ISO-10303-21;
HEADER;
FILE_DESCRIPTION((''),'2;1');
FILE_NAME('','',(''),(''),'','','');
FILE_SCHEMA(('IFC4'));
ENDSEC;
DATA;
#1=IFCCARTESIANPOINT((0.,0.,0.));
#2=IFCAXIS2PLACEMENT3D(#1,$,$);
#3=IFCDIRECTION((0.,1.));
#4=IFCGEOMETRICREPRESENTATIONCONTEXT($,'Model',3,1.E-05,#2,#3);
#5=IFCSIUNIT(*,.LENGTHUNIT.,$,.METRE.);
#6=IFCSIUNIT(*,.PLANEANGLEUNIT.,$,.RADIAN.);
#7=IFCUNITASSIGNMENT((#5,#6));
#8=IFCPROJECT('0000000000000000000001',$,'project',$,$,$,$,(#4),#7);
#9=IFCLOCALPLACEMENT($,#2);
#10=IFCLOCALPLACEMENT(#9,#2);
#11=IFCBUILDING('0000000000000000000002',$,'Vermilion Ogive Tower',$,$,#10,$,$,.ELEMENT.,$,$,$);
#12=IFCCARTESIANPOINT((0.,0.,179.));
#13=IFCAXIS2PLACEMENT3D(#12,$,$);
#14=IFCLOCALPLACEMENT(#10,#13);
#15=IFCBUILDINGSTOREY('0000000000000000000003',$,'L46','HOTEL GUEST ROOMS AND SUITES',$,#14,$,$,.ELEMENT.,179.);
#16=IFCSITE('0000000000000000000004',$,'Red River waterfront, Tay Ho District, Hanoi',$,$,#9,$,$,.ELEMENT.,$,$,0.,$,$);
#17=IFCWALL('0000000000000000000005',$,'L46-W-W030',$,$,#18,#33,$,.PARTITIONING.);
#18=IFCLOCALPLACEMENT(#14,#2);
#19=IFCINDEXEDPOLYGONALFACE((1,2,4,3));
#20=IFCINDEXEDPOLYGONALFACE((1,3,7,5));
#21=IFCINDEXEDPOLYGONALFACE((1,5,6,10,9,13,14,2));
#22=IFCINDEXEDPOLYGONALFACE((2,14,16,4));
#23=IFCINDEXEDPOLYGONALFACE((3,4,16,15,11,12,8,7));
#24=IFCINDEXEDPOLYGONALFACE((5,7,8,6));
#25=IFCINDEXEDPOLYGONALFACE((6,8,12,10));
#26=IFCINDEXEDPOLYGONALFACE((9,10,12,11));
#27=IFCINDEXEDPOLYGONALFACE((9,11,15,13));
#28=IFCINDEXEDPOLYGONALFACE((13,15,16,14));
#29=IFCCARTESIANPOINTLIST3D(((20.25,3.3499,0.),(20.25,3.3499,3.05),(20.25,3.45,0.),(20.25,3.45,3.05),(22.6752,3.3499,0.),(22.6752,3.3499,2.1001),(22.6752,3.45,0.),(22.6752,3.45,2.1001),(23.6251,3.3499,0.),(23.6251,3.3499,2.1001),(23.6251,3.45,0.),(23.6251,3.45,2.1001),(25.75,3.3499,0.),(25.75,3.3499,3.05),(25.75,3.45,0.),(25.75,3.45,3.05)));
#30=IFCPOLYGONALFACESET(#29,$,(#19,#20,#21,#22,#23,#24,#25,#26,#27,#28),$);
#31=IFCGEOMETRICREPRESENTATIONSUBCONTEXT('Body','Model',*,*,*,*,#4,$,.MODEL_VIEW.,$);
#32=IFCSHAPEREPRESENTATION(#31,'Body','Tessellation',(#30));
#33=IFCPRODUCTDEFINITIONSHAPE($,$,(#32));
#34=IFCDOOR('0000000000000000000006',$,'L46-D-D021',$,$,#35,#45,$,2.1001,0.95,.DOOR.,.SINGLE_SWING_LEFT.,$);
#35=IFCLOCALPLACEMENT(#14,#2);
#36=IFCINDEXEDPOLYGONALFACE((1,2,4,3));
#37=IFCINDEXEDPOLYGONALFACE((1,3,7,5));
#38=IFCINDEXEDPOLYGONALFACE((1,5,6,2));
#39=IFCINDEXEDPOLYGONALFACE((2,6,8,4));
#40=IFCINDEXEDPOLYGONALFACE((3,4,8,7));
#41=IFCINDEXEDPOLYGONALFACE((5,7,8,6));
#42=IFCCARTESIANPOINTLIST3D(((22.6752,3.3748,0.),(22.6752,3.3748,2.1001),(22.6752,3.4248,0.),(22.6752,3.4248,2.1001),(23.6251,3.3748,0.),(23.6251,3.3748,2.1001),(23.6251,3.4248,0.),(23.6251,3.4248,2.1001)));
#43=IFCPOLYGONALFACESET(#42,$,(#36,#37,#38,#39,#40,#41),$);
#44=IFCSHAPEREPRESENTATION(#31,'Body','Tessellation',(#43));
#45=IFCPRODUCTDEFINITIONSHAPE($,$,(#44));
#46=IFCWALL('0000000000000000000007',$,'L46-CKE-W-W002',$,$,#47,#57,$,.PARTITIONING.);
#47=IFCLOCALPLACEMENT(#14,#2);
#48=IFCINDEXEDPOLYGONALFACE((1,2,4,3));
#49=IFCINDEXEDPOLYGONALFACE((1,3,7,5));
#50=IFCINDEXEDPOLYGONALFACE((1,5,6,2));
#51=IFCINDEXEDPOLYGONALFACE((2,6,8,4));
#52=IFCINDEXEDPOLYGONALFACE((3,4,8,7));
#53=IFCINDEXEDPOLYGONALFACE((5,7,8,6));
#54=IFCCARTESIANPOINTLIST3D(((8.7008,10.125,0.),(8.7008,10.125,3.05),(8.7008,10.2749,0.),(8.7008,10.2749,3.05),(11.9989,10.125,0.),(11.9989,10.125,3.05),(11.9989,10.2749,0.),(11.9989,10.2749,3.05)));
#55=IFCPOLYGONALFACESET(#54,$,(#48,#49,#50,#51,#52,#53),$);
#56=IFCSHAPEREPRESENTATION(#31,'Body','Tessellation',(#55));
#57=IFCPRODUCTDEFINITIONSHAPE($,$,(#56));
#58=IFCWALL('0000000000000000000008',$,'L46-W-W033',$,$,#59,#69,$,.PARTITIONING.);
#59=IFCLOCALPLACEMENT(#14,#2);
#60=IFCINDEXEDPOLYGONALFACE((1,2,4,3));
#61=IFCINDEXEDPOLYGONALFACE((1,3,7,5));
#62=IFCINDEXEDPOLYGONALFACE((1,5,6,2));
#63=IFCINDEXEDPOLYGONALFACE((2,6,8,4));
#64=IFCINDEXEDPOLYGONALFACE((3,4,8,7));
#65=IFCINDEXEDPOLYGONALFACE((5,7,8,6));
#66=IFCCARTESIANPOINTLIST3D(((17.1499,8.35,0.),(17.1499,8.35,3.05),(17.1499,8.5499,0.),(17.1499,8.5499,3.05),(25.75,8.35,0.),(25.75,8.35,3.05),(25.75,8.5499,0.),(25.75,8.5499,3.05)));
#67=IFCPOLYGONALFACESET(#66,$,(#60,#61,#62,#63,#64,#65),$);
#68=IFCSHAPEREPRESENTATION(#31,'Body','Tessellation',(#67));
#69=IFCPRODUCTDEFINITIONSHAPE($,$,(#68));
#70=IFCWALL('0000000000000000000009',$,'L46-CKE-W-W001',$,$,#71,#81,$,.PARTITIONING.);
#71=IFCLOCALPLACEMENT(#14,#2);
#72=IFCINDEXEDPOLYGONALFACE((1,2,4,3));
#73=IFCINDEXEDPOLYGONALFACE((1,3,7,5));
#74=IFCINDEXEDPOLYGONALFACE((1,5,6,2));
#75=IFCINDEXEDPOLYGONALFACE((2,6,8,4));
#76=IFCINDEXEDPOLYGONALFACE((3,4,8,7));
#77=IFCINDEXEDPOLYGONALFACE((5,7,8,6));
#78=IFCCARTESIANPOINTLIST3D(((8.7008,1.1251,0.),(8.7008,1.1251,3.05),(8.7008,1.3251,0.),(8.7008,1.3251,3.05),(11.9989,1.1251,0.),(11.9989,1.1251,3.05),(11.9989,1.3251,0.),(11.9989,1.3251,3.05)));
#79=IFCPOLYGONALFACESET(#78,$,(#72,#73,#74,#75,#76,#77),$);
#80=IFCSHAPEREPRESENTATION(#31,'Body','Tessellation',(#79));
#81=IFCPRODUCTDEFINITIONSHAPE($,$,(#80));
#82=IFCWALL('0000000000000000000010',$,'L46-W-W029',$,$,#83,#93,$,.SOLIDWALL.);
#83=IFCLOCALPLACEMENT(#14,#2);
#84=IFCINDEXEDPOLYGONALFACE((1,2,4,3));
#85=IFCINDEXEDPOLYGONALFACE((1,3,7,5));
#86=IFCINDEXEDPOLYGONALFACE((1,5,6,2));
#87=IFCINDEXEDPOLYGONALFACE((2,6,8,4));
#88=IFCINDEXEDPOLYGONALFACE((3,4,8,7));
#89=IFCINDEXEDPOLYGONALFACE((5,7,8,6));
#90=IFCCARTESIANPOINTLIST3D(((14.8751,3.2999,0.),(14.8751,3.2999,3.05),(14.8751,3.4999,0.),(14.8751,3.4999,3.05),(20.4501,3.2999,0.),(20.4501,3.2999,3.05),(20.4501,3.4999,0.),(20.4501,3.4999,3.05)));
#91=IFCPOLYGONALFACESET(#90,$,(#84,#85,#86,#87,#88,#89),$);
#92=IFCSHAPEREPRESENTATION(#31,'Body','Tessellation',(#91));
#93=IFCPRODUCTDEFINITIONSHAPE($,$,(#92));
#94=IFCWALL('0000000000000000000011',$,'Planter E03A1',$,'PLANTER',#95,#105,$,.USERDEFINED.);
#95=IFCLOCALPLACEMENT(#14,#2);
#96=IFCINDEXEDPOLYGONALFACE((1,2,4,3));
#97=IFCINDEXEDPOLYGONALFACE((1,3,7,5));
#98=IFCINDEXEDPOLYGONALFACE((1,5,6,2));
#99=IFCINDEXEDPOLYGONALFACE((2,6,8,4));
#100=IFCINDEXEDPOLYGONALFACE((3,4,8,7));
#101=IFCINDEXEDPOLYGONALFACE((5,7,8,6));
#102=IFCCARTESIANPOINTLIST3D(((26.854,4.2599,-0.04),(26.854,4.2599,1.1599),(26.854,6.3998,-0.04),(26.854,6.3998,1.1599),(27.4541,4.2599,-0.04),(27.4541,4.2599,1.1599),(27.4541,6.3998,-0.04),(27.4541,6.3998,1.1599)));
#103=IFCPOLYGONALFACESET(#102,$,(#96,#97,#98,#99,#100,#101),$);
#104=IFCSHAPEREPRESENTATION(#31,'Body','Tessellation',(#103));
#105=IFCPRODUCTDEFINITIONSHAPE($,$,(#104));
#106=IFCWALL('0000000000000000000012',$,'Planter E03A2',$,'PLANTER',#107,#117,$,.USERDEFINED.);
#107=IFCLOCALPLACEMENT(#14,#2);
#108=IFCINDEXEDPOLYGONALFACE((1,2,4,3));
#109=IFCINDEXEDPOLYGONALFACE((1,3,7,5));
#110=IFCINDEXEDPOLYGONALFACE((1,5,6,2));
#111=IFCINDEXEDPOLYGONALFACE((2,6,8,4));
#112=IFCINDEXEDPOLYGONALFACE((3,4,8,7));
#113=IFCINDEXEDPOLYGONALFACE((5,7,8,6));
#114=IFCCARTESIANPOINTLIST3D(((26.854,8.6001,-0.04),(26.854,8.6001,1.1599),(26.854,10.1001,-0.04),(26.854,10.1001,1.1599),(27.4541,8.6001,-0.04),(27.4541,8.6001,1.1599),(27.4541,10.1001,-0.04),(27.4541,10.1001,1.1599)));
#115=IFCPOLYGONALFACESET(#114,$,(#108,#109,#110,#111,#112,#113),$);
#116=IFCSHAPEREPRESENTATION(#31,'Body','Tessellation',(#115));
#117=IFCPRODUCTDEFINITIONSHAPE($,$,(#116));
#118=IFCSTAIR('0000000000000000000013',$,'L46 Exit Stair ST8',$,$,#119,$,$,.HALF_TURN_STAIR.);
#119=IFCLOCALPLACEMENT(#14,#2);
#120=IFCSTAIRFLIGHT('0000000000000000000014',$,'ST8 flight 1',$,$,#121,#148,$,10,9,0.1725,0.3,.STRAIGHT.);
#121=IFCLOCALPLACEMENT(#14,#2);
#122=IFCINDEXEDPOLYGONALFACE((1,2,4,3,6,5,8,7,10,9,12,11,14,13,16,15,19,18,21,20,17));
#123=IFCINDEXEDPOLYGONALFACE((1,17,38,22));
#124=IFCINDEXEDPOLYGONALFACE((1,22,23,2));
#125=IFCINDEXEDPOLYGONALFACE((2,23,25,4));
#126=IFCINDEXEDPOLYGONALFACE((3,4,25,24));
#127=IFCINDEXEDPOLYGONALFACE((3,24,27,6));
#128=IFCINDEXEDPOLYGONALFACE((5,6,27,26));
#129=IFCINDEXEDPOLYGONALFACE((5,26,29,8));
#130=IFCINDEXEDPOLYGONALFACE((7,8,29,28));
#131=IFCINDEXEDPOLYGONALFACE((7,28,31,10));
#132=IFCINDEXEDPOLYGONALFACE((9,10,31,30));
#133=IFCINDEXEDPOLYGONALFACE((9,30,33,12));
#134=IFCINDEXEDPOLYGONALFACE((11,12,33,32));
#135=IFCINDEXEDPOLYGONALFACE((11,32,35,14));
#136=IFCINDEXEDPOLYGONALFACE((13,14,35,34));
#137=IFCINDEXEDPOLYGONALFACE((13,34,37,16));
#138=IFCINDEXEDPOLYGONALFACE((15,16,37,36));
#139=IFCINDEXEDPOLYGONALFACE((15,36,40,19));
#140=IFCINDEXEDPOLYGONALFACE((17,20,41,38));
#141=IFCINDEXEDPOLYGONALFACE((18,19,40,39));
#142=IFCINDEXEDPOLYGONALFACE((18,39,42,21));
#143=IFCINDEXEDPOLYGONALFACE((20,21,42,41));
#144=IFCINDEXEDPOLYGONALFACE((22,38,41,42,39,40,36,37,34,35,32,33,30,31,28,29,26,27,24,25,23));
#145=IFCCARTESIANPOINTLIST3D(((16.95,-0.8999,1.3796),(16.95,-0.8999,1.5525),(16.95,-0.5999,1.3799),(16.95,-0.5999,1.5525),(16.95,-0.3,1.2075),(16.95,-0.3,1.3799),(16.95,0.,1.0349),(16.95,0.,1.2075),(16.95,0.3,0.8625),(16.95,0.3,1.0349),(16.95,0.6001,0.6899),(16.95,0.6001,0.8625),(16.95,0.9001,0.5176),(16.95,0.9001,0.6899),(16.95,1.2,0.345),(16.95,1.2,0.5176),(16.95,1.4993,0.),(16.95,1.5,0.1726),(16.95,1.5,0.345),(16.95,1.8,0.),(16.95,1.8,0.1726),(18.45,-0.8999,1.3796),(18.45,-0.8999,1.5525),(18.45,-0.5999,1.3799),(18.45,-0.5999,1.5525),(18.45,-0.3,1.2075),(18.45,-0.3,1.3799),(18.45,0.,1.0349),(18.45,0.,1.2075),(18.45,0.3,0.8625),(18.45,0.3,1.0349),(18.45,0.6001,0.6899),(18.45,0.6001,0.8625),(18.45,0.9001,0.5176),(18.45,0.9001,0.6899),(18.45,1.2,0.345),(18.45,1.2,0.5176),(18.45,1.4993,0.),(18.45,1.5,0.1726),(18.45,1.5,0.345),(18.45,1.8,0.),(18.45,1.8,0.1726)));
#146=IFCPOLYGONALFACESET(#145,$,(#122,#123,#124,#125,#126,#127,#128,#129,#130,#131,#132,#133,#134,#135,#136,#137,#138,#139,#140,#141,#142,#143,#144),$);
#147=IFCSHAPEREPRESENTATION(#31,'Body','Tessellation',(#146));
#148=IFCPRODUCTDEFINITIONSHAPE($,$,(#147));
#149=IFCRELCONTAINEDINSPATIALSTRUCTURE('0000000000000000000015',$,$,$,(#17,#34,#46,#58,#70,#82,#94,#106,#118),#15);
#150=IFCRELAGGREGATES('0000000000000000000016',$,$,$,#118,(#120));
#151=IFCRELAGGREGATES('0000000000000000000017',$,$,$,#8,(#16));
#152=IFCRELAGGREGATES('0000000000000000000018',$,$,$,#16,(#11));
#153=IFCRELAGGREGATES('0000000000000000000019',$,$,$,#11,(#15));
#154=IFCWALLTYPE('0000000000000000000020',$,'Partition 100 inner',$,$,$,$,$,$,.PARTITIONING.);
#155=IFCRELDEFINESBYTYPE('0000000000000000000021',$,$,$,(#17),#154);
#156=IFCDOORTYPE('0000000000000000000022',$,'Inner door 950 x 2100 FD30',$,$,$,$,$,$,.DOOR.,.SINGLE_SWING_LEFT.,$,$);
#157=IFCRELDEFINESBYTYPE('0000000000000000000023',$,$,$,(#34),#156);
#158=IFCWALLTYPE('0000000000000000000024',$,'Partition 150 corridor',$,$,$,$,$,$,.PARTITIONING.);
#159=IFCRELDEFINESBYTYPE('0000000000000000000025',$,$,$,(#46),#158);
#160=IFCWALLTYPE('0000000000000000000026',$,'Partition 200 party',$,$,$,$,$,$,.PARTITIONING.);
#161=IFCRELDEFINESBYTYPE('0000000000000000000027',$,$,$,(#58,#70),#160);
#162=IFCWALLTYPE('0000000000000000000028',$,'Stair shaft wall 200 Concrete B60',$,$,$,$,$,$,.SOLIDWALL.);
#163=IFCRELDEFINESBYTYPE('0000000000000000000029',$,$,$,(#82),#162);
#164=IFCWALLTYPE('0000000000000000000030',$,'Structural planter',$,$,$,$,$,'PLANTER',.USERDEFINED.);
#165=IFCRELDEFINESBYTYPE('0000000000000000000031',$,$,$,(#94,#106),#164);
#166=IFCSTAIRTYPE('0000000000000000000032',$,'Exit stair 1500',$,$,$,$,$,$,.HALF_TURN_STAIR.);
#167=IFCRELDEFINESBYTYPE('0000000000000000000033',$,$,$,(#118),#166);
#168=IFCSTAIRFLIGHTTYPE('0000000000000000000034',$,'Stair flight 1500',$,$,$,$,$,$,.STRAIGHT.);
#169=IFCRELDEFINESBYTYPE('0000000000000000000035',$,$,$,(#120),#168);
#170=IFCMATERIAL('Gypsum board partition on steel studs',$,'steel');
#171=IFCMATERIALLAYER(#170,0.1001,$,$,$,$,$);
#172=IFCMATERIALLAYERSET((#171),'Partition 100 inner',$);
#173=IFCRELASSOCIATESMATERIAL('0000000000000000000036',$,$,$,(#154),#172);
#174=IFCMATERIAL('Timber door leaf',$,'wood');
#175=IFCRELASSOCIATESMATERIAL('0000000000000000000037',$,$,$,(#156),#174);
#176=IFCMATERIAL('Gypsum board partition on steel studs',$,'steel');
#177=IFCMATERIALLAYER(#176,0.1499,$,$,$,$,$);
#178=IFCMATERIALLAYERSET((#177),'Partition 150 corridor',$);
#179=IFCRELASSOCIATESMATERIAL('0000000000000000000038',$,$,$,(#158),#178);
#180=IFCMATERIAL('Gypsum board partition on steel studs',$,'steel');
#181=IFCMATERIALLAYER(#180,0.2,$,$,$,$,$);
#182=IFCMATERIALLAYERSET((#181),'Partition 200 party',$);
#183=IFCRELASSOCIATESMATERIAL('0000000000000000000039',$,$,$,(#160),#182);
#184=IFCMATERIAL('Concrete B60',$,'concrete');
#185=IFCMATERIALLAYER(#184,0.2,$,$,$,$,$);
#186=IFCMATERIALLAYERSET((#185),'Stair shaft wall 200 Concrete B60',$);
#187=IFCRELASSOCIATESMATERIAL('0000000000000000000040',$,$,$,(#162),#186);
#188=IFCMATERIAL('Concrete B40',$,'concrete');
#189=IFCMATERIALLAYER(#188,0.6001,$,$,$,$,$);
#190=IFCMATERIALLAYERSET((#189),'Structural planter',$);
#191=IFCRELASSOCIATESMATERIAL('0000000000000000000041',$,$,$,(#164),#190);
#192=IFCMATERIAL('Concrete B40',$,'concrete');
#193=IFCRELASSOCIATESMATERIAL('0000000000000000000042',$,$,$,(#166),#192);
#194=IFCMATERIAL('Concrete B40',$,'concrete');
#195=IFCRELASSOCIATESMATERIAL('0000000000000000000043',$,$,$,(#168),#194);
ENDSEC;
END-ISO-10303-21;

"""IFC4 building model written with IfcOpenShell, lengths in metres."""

from ifc_helpers import new_model, si_unit, direction, frame, frame_2d, origin, place, context, subcontext, project, spatial, polyline, rectangle, outline, extrude, material, layer, layer_set, type_object, element, fill, aggregate, save


model = new_model("IFC4")

# Units and contexts
model_context = context("Model", 3, precision=1e-05, world=origin(), true_north=direction((0.0, 1.0)))
body_context = subcontext(model_context, "Body", "Model", "MODEL_VIEW")
ifc_project = project(units=[si_unit("LENGTHUNIT", "METRE"), si_unit("PLANEANGLEUNIT", "RADIAN")], contexts=[model_context])

# Site, building, storey
site_placement = place(None, origin())
site = spatial("IfcSite", under=ifc_project, at=site_placement, Name="Red River waterfront, Tay Ho District, Hanoi", CompositionType="ELEMENT", RefElevation=0.0)
building_placement = place(site_placement, origin())
building = spatial("IfcBuilding", under=site, at=building_placement, Name="Vermilion Ogive Tower", CompositionType="ELEMENT")
storey_placement = place(building_placement, frame((0.0, 0.0, 179.0)))
storey = spatial("IfcBuildingStorey", under=building, at=storey_placement, Name="L46", Description="HOTEL GUEST ROOMS AND SUITES", CompositionType="ELEMENT", Elevation=179.0)

# Wall, opening, door
ifc_material_1 = material(Name="Gypsum board partition on steel studs", Category="steel")
ifc_layer_1 = layer(ifc_material_1, 0.1001)
ifc_layer_set_1 = layer_set([ifc_layer_1], Name="Partition 100 inner")
wall_type_1 = type_object("IfcWallType", Name="Partition 100 inner", PredefinedType="PARTITIONING", material=ifc_layer_set_1)
wall_1_placement = place(storey_placement, frame((20.25, 3.3999, 0.0), z_axis=(0.0, 0.0, 1.0), x_axis=(1.0, 0.0, 0.0)))
wall_1 = element("IfcWall", 1, at=wall_1_placement, inside=storey, type_object=wall_type_1, Name="L46-W-W030", PredefinedType="PARTITIONING", context=body_context, shape_type="SweptSolid", body=[
    extrude(rectangle(XDim=5.5, YDim=0.1001, at=frame_2d((2.75, 0.0))), origin(), (0.0, 0.0, 1.0), 3.05),
])
opening_1_placement = place(wall_1_placement, frame((2.425, 0.0, 0.0)))
opening_1 = element("IfcOpeningElement", 2, at=opening_1_placement, cuts=wall_1, PredefinedType="OPENING", context=body_context, shape_type="SweptSolid", body=[
    extrude(rectangle(XDim=0.95, YDim=2.1001, at=frame_2d((0.4751, 1.05))), frame((0.0, 0.0601, 0.0), z_axis=(0.0, -1.0, 0.0), x_axis=(1.0, 0.0, 0.0)), (0.0, 0.0, 1.0), 0.1201),
])
ifc_material_2 = material(Name="Timber door leaf", Category="wood")
door_type_1 = type_object("IfcDoorType", Name="Inner door 950 x 2100 FD30", OperationType="SINGLE_SWING_LEFT", PredefinedType="DOOR", material=ifc_material_2)
door_1_placement = place(opening_1_placement, origin())
door_1 = element("IfcDoor", 3, at=door_1_placement, inside=storey, type_object=door_type_1, Name="L46-D-D021", OperationType="SINGLE_SWING_LEFT", OverallHeight=2.1001, OverallWidth=0.95, PredefinedType="DOOR", context=body_context, shape_type="SweptSolid", body=[
    extrude(rectangle(XDim=0.95, YDim=2.1001, at=frame_2d((0.4751, 1.05))), frame((0.0, 0.0249, 0.0), z_axis=(0.0, -1.0, 0.0), x_axis=(1.0, 0.0, 0.0)), (0.0, 0.0, 1.0), 0.05),
])
fill(opening_1, door_1)

# Walls
ifc_material_3 = material(Name="Gypsum board partition on steel studs", Category="steel")
ifc_layer_2 = layer(ifc_material_3, 0.1499)
ifc_layer_set_2 = layer_set([ifc_layer_2], Name="Partition 150 corridor")
wall_type_2 = type_object("IfcWallType", Name="Partition 150 corridor", PredefinedType="PARTITIONING", material=ifc_layer_set_2)
wall_2_placement = place(storey_placement, frame((8.7009, 10.2, 0.0), z_axis=(0.0, 0.0, 1.0), x_axis=(1.0, 0.0, 0.0)))
element("IfcWall", 4, at=wall_2_placement, inside=storey, type_object=wall_type_2, Name="L46-CKE-W-W002", PredefinedType="PARTITIONING", context=body_context, shape_type="SweptSolid", body=[
    extrude(rectangle(XDim=3.2981, YDim=0.1499, at=frame_2d((1.6489, 0.0))), origin(), (0.0, 0.0, 1.0), 3.05),
])
ifc_material_4 = material(Name="Gypsum board partition on steel studs", Category="steel")
ifc_layer_3 = layer(ifc_material_4, 0.2)
ifc_layer_set_3 = layer_set([ifc_layer_3], Name="Partition 200 party")
wall_type_3 = type_object("IfcWallType", Name="Partition 200 party", PredefinedType="PARTITIONING", material=ifc_layer_set_3)
wall_3_placement = place(storey_placement, frame((17.1499, 8.45, 0.0), z_axis=(0.0, 0.0, 1.0), x_axis=(1.0, 0.0, 0.0)))
element("IfcWall", 5, at=wall_3_placement, inside=storey, type_object=wall_type_3, Name="L46-W-W033", PredefinedType="PARTITIONING", context=body_context, shape_type="SweptSolid", body=[
    extrude(rectangle(XDim=8.6001, YDim=0.2, at=frame_2d((4.3, 0.0))), origin(), (0.0, 0.0, 1.0), 3.05),
])
wall_4_placement = place(storey_placement, frame((8.7009, 1.2251, 0.0), z_axis=(0.0, 0.0, 1.0), x_axis=(1.0, 0.0, 0.0)))
element("IfcWall", 6, at=wall_4_placement, inside=storey, type_object=wall_type_3, Name="L46-CKE-W-W001", PredefinedType="PARTITIONING", context=body_context, shape_type="SweptSolid", body=[
    extrude(rectangle(XDim=3.2981, YDim=0.2, at=frame_2d((1.6489, 0.0))), origin(), (0.0, 0.0, 1.0), 3.05),
])
ifc_material_5 = material(Name="Concrete B60", Category="concrete")
ifc_layer_4 = layer(ifc_material_5, 0.2)
ifc_layer_set_4 = layer_set([ifc_layer_4], Name="Stair shaft wall 200 Concrete B60")
wall_type_4 = type_object("IfcWallType", Name="Stair shaft wall 200 Concrete B60", PredefinedType="SOLIDWALL", material=ifc_layer_set_4)
wall_5_placement = place(storey_placement, frame((14.875, 3.3999, 0.0), z_axis=(0.0, 0.0, 1.0), x_axis=(1.0, 0.0, 0.0)))
element("IfcWall", 7, at=wall_5_placement, inside=storey, type_object=wall_type_4, Name="L46-W-W029", PredefinedType="SOLIDWALL", context=body_context, shape_type="SweptSolid", body=[
    extrude(rectangle(XDim=5.575, YDim=0.2, at=frame_2d((2.7876, 0.0))), origin(), (0.0, 0.0, 1.0), 3.05),
])
ifc_material_6 = material(Name="Concrete B40", Category="concrete")
ifc_layer_5 = layer(ifc_material_6, 0.6001)
ifc_layer_set_5 = layer_set([ifc_layer_5], Name="Structural planter")
wall_type_5 = type_object("IfcWallType", Name="Structural planter", ElementType="PLANTER", PredefinedType="USERDEFINED", material=ifc_layer_set_5)
wall_6_placement = place(storey_placement, frame((27.1541, 4.26, -0.04), z_axis=(0.0, 0.0, 1.0), x_axis=(0.0, 1.0, 0.0)))
element("IfcWall", 8, at=wall_6_placement, inside=storey, type_object=wall_type_5, Name="Planter E03A1", ObjectType="PLANTER", PredefinedType="USERDEFINED", context=body_context, shape_type="SweptSolid", body=[
    extrude(rectangle(XDim=2.1399, YDim=0.6001, at=frame_2d((1.0698, 0.0))), origin(), (0.0, 0.0, 1.0), 1.2),
])
wall_7_placement = place(storey_placement, frame((27.1541, 8.6001, -0.04), z_axis=(0.0, 0.0, 1.0), x_axis=(0.0, 1.0, 0.0)))
element("IfcWall", 9, at=wall_7_placement, inside=storey, type_object=wall_type_5, Name="Planter E03A2", ObjectType="PLANTER", PredefinedType="USERDEFINED", context=body_context, shape_type="SweptSolid", body=[
    extrude(rectangle(XDim=1.5, YDim=0.6001, at=frame_2d((0.75, 0.0))), origin(), (0.0, 0.0, 1.0), 1.2),
])

# Stair, stair flight
ifc_material_7 = material(Name="Concrete B40", Category="concrete")
stair_type = type_object("IfcStairType", Name="Exit stair 1500", PredefinedType="HALF_TURN_STAIR", material=ifc_material_7)
stair_placement = place(storey_placement, origin())
stair = element("IfcStair", 10, at=stair_placement, inside=storey, type_object=stair_type, Name="L46 Exit Stair ST8", PredefinedType="HALF_TURN_STAIR")
ifc_material_8 = material(Name="Concrete B40", Category="concrete")
stair_flight_type = type_object("IfcStairFlightType", Name="Stair flight 1500", PredefinedType="STRAIGHT", material=ifc_material_8)
stair_flight_placement = place(storey_placement, frame((17.7, 1.8, 0.0), z_axis=(0.0, 0.0, 1.0), x_axis=(0.0, -1.0, 0.0)))
stair_flight = element("IfcStairFlight", 11, at=stair_flight_placement, type_object=stair_flight_type, Name="ST8 flight 1", NumberOfRisers=10, NumberOfTreads=9, PredefinedType="STRAIGHT", RiserHeight=0.1725, TreadLength=0.3, context=body_context, shape_type="SweptSolid", body=[
    extrude(outline(polyline([(0.0, 0.0), (0.0, 0.1726), (0.3, 0.1726), (0.3, 0.345), (0.6001, 0.345), (0.6001, 0.5176), (0.8999, 0.5176), (0.8999, 0.6899), (1.2, 0.6899), (1.2, 0.8625), (1.5, 0.8625), (1.5, 1.0349), (1.8, 1.0349), (1.8, 1.2075), (2.1001, 1.2075), (2.1001, 1.3799), (2.3999, 1.3799), (2.3999, 1.5525), (2.7, 1.5525), (2.7, 1.7251), (2.7, 1.3796), (0.3008, 0.0), (0.0, 0.0)])), frame((0.0, 0.75, 0.0), z_axis=(0.0, -1.0, 0.0), x_axis=(1.0, 0.0, 0.0)), (0.0, 0.0, 1.0), 1.5),
])
aggregate(stair, [stair_flight])

save(model, "model.ifc")
